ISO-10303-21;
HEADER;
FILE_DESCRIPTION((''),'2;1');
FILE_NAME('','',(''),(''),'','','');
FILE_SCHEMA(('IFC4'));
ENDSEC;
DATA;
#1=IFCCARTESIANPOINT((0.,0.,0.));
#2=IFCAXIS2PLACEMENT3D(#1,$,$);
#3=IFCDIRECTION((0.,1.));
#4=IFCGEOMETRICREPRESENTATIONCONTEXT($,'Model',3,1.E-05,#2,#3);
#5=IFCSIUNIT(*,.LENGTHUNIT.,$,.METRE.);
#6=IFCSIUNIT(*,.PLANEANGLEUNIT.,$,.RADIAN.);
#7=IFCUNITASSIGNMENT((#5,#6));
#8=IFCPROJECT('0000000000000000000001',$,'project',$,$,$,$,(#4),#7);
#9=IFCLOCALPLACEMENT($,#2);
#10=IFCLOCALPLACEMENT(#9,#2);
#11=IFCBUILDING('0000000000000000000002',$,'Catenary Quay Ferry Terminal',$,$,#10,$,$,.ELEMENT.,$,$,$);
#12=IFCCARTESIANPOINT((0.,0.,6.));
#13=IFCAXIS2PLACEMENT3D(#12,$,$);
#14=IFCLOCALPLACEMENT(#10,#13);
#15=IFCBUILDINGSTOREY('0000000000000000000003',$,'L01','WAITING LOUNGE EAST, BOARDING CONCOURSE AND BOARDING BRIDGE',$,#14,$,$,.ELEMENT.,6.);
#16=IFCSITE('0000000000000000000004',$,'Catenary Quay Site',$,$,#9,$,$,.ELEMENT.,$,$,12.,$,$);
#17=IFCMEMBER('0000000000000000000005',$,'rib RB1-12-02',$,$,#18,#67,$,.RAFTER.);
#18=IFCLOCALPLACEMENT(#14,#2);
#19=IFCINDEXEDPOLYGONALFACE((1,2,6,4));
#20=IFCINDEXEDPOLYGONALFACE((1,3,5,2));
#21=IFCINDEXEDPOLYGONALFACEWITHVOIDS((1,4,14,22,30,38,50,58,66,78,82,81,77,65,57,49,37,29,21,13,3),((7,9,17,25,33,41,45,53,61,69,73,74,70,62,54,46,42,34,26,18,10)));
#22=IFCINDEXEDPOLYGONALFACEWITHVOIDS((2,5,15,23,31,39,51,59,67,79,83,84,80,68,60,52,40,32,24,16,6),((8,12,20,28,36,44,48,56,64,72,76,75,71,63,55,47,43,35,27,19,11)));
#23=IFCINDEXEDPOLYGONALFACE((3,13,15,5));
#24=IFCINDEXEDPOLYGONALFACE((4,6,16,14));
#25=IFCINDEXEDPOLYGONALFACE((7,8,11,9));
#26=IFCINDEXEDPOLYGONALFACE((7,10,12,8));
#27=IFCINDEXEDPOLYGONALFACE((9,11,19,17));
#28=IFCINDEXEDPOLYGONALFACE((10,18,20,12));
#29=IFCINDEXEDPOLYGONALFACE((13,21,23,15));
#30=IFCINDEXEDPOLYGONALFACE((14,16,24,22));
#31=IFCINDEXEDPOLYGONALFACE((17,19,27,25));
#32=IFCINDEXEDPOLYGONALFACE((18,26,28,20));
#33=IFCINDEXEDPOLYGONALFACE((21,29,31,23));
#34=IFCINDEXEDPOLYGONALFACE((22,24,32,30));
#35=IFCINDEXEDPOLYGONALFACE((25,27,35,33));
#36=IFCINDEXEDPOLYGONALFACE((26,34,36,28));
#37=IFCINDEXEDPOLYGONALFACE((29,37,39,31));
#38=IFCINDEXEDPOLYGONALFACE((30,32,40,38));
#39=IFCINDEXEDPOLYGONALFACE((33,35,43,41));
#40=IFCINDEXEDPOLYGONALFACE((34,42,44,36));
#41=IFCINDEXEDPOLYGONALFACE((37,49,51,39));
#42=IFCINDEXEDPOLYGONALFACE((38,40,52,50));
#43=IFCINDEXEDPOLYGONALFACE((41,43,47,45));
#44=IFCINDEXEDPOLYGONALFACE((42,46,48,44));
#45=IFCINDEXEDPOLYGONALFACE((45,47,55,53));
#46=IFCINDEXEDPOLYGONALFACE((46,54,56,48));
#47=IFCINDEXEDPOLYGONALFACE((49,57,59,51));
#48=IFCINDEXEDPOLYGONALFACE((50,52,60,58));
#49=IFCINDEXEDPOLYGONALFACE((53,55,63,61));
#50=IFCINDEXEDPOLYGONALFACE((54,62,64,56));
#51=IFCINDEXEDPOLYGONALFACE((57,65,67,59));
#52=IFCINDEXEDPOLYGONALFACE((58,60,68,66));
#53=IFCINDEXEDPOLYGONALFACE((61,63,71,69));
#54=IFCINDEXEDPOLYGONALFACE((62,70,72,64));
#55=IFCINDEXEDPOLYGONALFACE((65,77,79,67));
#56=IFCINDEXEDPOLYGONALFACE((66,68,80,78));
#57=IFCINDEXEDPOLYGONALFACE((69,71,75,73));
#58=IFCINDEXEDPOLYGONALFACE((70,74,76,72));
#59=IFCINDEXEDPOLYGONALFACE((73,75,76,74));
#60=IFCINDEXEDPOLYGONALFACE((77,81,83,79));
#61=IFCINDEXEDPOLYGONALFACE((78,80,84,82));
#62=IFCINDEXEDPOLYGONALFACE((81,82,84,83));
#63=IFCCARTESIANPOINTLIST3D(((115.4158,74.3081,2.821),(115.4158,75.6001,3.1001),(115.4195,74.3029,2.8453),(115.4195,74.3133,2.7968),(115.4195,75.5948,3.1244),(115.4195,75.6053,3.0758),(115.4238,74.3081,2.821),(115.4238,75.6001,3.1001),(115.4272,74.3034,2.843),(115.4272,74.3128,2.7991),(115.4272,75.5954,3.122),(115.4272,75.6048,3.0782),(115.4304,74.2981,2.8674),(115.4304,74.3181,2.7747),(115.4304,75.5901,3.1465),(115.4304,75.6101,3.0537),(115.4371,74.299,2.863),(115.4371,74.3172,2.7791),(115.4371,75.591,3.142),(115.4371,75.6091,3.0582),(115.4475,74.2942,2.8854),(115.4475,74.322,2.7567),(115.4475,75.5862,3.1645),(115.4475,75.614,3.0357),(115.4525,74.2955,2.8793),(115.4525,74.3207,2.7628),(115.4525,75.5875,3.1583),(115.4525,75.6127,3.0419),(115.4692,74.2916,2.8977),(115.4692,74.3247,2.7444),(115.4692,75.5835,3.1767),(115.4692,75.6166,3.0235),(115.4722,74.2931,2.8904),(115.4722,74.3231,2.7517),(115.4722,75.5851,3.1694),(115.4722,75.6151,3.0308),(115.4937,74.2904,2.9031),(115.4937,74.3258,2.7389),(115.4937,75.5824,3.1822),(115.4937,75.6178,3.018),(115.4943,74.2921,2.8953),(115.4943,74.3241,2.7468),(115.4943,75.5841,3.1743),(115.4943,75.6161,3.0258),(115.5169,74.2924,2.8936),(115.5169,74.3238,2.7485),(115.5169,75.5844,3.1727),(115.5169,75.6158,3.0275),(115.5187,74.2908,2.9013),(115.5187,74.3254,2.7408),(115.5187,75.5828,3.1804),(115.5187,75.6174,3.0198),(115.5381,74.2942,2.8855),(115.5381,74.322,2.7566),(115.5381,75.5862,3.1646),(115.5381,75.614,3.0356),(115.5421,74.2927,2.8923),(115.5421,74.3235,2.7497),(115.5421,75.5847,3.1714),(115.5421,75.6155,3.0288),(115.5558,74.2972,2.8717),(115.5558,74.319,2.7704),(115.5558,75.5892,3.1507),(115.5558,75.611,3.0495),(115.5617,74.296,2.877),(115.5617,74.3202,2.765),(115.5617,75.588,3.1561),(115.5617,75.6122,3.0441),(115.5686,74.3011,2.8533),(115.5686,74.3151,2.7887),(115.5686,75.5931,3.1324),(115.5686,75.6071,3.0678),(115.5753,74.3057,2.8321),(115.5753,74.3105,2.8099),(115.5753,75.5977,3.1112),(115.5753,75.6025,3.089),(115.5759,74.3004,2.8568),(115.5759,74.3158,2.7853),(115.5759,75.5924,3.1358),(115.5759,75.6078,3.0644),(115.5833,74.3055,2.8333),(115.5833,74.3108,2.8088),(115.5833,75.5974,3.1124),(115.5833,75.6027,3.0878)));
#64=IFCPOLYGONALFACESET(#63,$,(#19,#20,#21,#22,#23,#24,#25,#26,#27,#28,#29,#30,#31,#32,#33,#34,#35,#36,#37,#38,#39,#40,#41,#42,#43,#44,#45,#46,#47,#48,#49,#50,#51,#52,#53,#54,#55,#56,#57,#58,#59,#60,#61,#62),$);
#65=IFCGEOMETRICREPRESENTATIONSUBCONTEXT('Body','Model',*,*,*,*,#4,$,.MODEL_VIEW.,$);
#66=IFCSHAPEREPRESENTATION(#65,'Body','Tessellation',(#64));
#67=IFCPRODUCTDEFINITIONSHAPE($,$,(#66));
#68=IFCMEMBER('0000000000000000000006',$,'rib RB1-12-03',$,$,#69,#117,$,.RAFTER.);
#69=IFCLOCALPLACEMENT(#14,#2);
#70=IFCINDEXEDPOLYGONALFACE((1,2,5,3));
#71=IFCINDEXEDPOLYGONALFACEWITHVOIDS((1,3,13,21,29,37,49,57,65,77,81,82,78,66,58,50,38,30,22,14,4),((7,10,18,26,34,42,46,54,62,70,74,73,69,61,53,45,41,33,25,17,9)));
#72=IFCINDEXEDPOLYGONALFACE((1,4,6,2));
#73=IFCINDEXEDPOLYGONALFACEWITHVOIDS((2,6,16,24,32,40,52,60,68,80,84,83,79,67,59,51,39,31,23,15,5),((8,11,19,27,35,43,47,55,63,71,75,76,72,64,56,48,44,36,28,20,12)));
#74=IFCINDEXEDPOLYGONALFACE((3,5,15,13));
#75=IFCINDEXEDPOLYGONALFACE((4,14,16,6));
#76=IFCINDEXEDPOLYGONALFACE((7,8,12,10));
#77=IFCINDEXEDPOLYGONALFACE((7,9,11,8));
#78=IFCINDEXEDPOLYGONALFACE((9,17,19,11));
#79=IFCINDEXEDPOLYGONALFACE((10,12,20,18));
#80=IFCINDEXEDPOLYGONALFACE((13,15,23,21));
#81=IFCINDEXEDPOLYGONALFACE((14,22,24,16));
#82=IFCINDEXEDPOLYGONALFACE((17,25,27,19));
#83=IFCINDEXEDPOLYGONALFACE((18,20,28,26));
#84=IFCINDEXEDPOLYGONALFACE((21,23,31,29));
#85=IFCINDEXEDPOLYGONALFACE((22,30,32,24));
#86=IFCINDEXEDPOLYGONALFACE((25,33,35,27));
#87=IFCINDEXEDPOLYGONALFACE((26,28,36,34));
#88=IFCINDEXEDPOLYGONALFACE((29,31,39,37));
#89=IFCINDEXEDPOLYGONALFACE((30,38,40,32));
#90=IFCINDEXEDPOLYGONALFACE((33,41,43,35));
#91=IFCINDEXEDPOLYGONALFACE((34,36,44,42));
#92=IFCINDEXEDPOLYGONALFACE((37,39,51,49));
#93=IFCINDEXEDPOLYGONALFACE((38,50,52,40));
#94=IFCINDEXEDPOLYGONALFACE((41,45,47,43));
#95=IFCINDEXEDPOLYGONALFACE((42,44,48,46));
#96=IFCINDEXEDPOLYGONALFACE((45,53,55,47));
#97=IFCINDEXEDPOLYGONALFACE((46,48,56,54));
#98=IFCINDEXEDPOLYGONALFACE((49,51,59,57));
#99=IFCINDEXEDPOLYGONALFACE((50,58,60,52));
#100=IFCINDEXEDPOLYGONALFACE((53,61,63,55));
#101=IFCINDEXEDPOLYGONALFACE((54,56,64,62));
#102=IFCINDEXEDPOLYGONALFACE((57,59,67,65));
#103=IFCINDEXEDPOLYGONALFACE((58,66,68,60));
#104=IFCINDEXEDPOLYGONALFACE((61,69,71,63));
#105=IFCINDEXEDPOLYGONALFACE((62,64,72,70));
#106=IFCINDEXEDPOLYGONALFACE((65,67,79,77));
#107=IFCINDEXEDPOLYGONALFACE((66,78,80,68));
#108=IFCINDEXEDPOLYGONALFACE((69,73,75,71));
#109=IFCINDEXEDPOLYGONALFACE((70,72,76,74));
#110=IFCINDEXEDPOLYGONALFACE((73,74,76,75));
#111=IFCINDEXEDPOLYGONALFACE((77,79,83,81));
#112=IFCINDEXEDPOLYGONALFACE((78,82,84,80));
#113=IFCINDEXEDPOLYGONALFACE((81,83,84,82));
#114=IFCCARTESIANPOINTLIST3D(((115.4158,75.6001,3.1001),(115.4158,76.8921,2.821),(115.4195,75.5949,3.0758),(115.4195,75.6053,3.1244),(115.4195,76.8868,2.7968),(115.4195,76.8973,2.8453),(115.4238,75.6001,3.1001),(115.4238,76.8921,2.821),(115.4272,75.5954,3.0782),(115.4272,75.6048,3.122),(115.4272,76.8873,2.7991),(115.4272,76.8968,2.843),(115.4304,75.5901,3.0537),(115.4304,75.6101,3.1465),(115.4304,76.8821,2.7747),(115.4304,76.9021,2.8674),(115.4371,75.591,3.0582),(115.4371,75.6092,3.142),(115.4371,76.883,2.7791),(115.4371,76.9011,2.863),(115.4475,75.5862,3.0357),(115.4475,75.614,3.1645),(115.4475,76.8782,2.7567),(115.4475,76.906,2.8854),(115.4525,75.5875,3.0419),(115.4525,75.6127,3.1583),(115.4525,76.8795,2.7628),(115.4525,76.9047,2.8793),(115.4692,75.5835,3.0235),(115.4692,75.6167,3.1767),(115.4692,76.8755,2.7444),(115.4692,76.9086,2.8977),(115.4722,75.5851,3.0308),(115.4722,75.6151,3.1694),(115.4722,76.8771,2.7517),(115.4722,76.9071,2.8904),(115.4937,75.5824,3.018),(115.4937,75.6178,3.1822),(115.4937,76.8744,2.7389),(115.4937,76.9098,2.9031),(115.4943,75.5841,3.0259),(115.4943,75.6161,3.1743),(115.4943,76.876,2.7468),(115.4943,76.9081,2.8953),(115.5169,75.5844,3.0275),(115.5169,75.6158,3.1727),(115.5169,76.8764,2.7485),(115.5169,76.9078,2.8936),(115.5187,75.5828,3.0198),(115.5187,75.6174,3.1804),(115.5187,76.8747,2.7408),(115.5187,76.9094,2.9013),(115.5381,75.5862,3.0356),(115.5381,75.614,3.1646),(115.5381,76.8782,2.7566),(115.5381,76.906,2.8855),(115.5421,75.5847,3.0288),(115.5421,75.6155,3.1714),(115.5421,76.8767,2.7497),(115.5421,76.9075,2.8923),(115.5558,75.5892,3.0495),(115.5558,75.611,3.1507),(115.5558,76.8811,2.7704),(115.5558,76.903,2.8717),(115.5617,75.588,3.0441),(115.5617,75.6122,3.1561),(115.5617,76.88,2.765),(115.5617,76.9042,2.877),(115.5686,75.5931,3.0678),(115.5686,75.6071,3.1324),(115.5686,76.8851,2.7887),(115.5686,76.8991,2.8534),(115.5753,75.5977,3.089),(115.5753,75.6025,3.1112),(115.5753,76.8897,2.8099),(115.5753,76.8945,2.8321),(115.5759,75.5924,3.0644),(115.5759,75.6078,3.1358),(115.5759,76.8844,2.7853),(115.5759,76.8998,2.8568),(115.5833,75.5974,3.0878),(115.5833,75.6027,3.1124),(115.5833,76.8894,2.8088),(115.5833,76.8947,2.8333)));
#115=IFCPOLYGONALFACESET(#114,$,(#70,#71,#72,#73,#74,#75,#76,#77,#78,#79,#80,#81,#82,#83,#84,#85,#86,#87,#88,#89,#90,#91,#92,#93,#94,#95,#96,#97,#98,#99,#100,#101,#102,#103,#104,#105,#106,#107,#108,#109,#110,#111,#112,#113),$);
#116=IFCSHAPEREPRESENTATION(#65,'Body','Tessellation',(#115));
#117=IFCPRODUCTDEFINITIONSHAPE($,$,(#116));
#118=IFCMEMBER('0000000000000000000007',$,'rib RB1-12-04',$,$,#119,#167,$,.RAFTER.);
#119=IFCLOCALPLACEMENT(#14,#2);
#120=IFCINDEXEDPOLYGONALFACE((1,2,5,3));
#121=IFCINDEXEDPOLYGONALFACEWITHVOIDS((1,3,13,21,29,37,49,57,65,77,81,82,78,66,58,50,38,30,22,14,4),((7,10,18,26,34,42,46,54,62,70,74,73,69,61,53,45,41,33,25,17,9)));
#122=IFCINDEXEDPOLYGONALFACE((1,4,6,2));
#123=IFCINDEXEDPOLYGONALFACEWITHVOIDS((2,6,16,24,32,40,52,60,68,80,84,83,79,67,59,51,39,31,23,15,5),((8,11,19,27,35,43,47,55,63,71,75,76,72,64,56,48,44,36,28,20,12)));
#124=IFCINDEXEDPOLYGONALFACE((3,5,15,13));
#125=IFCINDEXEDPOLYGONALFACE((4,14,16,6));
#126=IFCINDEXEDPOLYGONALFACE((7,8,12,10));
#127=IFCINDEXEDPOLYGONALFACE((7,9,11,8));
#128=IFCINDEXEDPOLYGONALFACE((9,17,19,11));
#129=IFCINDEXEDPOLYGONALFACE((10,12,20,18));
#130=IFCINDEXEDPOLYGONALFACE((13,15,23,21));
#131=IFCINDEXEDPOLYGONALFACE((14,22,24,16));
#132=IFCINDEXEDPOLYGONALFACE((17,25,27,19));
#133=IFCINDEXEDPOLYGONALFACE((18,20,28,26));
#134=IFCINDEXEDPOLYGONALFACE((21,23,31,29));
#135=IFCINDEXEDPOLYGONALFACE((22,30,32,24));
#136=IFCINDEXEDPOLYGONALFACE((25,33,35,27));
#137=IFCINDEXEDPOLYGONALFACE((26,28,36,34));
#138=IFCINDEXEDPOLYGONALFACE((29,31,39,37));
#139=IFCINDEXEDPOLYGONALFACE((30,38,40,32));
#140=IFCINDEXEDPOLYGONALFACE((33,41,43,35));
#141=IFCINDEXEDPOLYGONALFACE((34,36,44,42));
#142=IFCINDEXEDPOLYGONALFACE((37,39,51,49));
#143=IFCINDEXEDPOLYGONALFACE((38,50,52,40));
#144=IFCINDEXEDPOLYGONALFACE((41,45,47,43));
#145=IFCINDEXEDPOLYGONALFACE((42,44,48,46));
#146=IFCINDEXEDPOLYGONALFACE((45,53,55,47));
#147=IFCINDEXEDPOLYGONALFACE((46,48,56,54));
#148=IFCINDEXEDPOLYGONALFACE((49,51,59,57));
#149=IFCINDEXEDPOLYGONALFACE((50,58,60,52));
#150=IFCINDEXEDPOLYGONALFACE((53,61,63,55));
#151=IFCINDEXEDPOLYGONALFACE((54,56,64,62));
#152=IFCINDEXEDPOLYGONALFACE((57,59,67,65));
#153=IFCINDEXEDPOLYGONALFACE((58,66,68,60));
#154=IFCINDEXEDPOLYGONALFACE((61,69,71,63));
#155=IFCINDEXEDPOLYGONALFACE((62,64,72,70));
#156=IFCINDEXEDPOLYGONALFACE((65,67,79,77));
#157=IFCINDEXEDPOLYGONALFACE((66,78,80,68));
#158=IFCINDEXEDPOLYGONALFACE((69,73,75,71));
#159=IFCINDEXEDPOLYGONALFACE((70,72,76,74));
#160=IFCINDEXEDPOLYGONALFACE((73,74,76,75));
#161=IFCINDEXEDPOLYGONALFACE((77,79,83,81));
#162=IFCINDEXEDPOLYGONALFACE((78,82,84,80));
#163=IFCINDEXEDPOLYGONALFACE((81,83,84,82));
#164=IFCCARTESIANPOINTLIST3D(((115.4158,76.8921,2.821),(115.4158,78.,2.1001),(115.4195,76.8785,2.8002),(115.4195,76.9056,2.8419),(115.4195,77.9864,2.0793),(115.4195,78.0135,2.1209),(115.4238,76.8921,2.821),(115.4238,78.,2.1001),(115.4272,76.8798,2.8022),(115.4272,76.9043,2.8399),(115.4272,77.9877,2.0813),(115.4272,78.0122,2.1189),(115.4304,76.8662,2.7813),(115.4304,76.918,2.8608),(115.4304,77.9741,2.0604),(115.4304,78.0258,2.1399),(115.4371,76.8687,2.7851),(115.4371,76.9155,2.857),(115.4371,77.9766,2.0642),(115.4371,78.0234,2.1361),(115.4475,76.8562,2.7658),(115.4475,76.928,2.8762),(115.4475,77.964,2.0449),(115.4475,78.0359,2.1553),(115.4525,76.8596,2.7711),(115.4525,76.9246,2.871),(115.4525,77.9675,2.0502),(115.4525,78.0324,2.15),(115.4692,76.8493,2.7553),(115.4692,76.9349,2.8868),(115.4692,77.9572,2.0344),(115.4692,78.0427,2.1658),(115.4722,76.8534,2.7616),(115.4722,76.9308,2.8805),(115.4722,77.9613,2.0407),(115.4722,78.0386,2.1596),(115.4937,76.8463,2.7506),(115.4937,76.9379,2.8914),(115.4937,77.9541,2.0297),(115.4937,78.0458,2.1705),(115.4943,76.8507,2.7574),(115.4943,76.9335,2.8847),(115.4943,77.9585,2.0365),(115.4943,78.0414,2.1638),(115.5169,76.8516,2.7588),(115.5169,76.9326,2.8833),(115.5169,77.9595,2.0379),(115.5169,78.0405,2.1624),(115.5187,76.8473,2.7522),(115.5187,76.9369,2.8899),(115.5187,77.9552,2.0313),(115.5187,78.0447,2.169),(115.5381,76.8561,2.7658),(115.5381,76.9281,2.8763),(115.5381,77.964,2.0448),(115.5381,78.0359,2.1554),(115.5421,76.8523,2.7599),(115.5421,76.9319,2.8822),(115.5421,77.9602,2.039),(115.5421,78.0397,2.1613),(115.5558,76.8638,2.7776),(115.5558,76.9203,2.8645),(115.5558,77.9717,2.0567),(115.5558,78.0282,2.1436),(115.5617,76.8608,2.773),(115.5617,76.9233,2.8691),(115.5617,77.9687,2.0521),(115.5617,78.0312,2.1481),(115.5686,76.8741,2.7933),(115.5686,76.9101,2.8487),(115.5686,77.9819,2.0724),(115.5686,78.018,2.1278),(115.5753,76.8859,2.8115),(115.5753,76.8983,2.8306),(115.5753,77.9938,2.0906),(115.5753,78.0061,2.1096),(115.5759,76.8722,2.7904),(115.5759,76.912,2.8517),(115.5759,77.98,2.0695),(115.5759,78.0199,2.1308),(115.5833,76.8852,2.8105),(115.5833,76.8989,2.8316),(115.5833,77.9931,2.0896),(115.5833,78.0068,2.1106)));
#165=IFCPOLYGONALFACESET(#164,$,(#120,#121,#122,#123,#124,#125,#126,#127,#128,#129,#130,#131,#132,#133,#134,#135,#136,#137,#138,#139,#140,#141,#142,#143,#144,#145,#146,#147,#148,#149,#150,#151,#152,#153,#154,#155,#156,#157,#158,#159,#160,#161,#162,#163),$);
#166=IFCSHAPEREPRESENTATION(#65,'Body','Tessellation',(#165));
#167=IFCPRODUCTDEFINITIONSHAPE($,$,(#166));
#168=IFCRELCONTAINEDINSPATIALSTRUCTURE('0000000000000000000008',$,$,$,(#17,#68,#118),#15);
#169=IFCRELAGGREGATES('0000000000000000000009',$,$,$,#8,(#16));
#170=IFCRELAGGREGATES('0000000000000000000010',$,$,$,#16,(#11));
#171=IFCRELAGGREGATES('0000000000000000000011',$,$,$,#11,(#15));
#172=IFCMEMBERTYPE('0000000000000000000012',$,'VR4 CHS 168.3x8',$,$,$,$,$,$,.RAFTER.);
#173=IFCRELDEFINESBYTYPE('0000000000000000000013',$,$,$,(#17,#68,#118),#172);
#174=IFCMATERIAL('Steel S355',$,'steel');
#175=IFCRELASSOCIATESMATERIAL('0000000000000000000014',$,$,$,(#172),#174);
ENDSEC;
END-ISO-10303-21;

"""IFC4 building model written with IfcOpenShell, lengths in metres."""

from ifc_helpers import new_model, si_unit, direction, frame, origin, origin_2d, place, context, subcontext, project, spatial, hollow_circle, extrude, material, material_profile, profile_set, type_object, element, save


model = new_model("IFC4")

# Units and contexts
model_context = context("Model", 3, precision=1e-05, world=origin(), true_north=direction((0.0, 1.0)))
body_context = subcontext(model_context, "Body", "Model", "MODEL_VIEW")
ifc_project = project(units=[si_unit("LENGTHUNIT", "METRE"), si_unit("PLANEANGLEUNIT", "RADIAN")], contexts=[model_context])

# Site, building, storey
site_placement = place(None, origin())
site = spatial("IfcSite", under=ifc_project, at=site_placement, Name="Catenary Quay Site", CompositionType="ELEMENT", RefElevation=12.0)
building_placement = place(site_placement, origin())
building = spatial("IfcBuilding", under=site, at=building_placement, Name="Catenary Quay Ferry Terminal", CompositionType="ELEMENT")
storey_placement = place(building_placement, frame((0.0, 0.0, 6.0)))
storey = spatial("IfcBuildingStorey", under=building, at=storey_placement, Name="L01", Description="WAITING LOUNGE EAST, BOARDING CONCOURSE AND BOARDING BRIDGE", CompositionType="ELEMENT", Elevation=6.0)

# Members
ifc_material_1 = material(Name="Steel S355", Category="steel")
ifc_material_profile_1 = material_profile(ifc_material_1, hollow_circle(Radius=0.0842, WallThickness=0.0081, at=origin_2d()), Name="CHS 168.3x8")
ifc_profile_set_1 = profile_set([ifc_material_profile_1], Name="Steel S355")
member_type_1 = type_object("IfcMemberType", Name="VR4 CHS 168.3x8", PredefinedType="RAFTER", material=ifc_profile_set_1)
for number, where, z_axis, x_axis, name in (
    (1, (115.5, 74.3081, 2.821), (0.0, 0.977461, 0.211118), (-1.0, 0.0, 0.0), "rib RB1-12-02"),
    (2, (115.5, 75.6001, 3.1001), (0.0, 0.977461, -0.211118), (-1.0, 0.0, 0.0), "rib RB1-12-03"),
    (3, (115.5, 76.8921, 2.821), (0.0, 0.838165, -0.545417), (-1.0, 0.0, 0.0), "rib RB1-12-04"),
):
    element("IfcMember", number, at=place(storey_placement, frame(where, z_axis=z_axis, x_axis=x_axis)), inside=storey, type_object=member_type_1, Name=name, PredefinedType="RAFTER", context=body_context, shape_type="SweptSolid", body=[
        extrude(hollow_circle(Radius=0.0842, WallThickness=0.0081, at=origin_2d()), origin(), (0.0, 0.0, 1.0), 1.3218),
    ])

save(model, "model.ifc")
